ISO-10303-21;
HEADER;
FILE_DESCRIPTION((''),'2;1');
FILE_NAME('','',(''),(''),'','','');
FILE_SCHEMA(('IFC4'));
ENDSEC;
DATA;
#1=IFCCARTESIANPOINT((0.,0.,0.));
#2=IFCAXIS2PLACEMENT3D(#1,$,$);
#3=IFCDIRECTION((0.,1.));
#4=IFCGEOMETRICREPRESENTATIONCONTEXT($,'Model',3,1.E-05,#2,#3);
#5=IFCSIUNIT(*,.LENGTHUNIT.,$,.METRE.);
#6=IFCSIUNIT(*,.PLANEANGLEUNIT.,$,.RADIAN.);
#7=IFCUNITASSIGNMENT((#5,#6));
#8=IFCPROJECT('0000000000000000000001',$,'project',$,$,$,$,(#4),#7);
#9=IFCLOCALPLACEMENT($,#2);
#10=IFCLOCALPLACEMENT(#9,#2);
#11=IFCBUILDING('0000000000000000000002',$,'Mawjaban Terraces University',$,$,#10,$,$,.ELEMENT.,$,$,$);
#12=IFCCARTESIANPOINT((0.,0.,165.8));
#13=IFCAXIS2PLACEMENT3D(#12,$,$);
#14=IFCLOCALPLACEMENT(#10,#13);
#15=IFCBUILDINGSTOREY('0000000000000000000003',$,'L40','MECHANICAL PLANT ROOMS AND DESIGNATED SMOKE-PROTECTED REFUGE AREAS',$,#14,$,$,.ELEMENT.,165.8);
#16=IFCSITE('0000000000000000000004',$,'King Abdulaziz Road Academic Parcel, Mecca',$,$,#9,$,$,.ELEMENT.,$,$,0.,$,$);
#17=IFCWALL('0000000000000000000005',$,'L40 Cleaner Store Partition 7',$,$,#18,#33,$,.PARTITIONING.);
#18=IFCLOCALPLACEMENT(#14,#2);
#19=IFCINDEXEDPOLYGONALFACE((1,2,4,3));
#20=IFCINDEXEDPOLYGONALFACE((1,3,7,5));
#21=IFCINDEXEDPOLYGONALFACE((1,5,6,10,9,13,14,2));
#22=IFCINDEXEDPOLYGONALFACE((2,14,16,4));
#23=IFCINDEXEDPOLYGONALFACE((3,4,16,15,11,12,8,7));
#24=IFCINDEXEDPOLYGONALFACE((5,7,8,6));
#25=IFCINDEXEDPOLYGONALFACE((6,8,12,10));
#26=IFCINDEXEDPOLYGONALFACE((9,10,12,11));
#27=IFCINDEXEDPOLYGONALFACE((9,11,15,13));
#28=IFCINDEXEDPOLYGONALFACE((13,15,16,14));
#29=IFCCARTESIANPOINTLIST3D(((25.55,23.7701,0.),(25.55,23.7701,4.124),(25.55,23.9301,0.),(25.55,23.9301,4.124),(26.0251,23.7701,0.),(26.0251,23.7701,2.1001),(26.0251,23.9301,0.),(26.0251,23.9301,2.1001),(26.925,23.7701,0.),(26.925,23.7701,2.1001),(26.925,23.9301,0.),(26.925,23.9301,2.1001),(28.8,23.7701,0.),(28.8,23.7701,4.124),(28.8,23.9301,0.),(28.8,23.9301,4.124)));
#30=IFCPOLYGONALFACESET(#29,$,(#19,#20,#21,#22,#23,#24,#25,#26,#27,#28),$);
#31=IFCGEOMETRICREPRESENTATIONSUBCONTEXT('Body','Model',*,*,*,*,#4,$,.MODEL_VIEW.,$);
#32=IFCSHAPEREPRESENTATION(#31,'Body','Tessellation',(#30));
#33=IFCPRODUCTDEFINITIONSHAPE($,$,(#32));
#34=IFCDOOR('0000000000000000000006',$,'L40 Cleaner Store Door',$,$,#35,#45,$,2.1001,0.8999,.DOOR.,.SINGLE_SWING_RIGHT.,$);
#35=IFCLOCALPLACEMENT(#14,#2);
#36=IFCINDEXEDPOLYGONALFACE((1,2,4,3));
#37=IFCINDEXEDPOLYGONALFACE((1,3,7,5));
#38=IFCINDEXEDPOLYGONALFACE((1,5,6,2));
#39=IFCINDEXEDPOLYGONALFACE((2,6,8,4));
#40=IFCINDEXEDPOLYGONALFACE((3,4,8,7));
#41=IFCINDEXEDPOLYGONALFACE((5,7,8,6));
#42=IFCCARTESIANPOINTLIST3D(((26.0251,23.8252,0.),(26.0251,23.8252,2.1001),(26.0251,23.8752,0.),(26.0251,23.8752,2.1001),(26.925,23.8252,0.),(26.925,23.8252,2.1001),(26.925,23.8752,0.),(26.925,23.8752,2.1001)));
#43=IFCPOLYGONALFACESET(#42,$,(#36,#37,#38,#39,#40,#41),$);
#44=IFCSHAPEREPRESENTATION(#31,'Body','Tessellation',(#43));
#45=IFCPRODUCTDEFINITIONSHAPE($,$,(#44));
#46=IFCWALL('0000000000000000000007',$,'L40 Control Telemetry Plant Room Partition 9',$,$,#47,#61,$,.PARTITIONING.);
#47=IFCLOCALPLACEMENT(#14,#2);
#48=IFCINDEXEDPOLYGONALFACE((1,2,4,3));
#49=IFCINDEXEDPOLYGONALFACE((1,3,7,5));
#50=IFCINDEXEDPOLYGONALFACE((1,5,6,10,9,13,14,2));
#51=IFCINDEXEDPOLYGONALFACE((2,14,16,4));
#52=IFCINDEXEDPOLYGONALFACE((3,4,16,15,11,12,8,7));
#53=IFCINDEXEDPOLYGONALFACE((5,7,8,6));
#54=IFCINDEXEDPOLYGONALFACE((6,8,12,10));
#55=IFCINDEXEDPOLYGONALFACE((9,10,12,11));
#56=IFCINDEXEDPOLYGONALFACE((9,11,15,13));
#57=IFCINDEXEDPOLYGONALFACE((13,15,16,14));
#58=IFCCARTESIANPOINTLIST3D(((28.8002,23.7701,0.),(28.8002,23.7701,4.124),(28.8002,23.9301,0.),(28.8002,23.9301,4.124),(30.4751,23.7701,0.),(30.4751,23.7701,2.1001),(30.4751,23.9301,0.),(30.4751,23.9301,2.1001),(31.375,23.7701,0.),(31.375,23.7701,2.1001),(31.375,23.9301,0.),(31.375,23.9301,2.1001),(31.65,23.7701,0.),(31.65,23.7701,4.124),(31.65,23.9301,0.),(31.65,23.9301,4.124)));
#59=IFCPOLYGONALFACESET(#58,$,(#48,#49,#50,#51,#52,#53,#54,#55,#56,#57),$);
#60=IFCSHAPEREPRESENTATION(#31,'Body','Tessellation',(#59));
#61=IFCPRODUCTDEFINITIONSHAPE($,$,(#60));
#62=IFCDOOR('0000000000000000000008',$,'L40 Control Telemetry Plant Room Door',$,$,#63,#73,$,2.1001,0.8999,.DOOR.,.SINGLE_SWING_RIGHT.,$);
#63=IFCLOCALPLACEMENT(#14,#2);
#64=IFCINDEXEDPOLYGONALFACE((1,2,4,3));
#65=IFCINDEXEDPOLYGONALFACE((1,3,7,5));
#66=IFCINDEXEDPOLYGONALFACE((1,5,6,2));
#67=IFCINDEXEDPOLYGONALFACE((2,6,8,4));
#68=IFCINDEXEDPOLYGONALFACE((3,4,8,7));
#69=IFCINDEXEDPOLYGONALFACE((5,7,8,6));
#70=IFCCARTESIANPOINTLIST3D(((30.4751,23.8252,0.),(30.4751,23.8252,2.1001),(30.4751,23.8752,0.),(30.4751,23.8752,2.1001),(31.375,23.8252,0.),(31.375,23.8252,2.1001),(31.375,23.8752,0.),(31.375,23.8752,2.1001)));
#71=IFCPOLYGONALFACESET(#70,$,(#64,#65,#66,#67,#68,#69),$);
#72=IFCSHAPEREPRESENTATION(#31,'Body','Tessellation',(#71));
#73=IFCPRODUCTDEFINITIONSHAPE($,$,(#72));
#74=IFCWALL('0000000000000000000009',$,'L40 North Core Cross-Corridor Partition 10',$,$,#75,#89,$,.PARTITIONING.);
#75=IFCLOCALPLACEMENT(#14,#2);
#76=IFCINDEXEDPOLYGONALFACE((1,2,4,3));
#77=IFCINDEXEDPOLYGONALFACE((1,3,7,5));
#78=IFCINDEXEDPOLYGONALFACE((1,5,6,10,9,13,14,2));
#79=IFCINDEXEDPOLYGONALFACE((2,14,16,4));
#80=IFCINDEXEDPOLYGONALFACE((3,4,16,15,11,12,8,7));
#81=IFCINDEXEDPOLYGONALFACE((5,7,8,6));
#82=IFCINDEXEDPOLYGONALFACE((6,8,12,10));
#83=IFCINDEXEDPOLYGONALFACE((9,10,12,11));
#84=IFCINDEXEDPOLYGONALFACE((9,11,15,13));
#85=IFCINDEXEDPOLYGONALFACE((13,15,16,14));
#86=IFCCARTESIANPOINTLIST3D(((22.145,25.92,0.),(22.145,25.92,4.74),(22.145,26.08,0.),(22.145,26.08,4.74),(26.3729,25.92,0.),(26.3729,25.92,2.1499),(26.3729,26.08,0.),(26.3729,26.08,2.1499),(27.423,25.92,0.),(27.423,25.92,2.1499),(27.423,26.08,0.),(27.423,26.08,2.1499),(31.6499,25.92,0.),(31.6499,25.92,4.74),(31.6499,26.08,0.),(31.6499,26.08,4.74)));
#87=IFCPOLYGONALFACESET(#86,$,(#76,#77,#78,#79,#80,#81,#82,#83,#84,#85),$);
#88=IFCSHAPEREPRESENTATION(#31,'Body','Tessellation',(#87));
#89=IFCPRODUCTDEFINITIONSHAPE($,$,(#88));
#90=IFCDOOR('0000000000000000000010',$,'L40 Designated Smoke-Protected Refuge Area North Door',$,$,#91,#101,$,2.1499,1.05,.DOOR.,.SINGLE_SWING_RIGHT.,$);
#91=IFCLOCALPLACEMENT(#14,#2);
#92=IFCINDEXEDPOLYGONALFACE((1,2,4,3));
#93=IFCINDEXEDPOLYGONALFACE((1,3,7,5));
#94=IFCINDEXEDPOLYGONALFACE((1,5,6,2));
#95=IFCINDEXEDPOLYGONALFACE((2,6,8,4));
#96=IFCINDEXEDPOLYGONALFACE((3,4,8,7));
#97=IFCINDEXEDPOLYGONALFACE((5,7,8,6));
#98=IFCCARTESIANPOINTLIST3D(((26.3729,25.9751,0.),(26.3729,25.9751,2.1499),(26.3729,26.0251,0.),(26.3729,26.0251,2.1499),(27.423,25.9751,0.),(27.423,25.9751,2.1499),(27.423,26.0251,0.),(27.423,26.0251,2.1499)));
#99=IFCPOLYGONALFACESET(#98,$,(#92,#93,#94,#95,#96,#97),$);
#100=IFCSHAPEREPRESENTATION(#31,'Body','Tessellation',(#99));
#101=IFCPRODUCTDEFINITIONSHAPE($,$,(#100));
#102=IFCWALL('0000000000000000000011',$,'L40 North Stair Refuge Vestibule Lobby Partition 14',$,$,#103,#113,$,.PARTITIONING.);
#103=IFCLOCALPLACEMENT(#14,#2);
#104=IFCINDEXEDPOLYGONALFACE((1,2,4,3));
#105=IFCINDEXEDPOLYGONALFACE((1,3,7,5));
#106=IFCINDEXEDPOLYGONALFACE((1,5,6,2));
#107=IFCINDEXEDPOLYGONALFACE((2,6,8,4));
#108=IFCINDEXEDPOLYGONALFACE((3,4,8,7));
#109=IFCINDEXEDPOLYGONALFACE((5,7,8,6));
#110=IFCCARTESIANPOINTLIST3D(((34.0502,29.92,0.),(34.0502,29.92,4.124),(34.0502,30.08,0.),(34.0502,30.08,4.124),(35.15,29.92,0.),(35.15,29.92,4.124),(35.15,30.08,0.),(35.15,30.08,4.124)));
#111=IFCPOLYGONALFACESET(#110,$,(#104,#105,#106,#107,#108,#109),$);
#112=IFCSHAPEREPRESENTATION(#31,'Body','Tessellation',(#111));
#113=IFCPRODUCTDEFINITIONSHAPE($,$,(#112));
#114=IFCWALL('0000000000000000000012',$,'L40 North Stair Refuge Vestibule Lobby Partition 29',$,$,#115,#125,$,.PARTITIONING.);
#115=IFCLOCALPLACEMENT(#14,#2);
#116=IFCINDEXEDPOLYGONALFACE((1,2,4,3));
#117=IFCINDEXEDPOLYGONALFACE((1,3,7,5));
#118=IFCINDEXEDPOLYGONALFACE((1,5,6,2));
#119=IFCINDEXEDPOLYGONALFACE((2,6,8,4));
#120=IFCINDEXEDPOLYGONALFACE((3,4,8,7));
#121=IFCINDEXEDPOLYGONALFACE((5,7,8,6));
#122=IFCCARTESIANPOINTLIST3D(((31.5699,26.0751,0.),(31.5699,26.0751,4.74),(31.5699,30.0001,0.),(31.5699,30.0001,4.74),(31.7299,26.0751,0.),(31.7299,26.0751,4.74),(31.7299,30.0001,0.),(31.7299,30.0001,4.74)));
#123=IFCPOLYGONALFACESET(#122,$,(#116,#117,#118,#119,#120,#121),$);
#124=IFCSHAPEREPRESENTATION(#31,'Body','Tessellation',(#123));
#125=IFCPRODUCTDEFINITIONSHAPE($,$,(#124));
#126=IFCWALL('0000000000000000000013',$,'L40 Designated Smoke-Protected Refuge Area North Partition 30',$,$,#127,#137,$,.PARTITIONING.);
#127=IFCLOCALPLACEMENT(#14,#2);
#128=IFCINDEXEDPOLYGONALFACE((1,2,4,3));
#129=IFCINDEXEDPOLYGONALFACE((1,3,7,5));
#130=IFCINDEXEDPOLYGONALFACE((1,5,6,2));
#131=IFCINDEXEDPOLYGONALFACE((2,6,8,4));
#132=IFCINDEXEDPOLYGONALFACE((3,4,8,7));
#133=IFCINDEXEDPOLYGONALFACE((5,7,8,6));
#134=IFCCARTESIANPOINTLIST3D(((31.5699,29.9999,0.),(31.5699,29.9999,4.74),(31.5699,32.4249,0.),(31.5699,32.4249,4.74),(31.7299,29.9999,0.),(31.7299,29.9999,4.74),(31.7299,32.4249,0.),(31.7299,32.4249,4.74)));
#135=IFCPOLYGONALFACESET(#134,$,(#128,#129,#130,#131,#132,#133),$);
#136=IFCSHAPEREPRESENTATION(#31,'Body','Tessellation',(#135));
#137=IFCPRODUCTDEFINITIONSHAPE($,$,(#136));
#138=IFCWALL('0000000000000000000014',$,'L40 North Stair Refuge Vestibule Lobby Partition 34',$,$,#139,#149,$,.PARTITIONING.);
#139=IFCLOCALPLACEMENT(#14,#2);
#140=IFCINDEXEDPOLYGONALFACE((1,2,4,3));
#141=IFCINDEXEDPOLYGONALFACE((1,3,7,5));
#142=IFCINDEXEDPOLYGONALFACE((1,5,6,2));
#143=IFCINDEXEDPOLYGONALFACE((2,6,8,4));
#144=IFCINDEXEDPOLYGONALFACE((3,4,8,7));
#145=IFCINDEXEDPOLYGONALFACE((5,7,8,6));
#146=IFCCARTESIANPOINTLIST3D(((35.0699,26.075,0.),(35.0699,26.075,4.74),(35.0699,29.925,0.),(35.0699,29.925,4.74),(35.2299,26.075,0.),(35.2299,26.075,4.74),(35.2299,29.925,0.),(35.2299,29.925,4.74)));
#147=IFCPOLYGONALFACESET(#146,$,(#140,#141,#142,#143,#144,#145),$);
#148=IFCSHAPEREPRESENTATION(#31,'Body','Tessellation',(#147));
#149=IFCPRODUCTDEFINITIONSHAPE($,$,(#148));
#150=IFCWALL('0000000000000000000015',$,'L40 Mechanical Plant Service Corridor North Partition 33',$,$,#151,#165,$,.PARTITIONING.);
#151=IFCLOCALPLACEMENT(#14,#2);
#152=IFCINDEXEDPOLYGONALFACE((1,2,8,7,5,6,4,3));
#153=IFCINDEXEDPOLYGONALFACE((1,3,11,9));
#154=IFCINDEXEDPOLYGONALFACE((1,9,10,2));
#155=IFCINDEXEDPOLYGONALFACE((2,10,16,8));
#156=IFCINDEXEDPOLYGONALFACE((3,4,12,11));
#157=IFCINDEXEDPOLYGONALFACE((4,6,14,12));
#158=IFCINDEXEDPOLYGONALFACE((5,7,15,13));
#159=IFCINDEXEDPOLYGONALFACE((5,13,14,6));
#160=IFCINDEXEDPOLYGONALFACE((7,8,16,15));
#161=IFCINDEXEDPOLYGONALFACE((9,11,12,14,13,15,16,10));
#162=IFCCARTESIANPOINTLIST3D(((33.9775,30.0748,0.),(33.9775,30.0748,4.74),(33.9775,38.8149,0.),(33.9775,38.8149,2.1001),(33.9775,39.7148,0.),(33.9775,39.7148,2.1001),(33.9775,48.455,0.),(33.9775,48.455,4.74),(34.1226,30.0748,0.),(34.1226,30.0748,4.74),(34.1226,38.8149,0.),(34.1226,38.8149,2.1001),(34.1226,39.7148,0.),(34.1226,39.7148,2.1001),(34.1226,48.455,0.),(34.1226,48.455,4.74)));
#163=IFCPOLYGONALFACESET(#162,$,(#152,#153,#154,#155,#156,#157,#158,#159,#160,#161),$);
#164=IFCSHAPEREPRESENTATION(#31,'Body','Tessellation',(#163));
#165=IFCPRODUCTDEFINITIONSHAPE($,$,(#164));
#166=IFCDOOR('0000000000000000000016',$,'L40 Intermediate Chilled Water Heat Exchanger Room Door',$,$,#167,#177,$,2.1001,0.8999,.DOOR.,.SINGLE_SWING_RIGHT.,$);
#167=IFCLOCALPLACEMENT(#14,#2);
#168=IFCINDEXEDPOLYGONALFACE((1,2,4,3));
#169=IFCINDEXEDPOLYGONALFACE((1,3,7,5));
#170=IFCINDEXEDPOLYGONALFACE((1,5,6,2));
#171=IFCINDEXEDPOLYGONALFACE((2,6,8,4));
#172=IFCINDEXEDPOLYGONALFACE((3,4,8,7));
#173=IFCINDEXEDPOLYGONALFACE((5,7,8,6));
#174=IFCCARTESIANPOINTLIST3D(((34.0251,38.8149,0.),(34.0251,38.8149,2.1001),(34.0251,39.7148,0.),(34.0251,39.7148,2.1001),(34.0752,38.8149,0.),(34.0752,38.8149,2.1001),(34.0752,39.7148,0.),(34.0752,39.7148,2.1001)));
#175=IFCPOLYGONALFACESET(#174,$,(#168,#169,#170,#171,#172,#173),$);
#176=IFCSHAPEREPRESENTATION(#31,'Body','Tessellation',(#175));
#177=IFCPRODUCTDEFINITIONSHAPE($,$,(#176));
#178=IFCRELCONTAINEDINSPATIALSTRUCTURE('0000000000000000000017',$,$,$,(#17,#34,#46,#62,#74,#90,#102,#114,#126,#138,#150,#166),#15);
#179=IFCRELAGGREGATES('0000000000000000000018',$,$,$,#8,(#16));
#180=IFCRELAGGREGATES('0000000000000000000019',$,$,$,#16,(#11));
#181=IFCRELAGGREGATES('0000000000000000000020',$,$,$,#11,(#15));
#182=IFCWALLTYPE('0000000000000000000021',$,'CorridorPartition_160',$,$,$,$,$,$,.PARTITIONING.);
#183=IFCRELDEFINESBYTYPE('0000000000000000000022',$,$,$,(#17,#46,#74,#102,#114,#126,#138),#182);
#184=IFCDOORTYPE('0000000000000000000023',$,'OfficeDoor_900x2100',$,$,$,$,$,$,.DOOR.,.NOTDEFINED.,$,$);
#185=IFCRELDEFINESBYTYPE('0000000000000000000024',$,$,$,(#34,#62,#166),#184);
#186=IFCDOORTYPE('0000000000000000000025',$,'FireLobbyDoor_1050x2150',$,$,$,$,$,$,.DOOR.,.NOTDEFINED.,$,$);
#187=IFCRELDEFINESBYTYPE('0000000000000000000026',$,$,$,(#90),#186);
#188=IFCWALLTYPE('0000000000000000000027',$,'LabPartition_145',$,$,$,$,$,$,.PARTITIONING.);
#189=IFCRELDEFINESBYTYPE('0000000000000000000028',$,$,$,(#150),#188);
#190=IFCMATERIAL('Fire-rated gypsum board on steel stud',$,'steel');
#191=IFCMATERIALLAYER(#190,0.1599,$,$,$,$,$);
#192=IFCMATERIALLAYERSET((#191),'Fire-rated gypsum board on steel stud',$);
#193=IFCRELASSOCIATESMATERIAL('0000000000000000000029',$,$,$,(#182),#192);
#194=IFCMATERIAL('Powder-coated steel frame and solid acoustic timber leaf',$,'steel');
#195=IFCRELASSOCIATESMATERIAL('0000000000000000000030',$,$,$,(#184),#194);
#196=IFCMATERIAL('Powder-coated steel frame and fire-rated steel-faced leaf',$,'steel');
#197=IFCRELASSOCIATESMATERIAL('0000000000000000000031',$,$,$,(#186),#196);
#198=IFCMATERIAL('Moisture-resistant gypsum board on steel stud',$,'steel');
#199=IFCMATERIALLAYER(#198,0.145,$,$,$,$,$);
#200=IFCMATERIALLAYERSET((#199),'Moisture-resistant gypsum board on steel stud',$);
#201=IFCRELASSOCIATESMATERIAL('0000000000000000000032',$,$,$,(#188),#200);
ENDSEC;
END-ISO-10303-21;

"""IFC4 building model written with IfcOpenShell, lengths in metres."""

from ifc_helpers import new_model, si_unit, direction, frame, frame_2d, origin, place, context, subcontext, project, spatial, rectangle, extrude, material, layer, layer_set, type_object, element, fill, save


model = new_model("IFC4")

# Units and contexts
model_context = context("Model", 3, precision=1e-05, world=origin(), true_north=direction((0.0, 1.0)))
body_context = subcontext(model_context, "Body", "Model", "MODEL_VIEW")
ifc_project = project(units=[si_unit("LENGTHUNIT", "METRE"), si_unit("PLANEANGLEUNIT", "RADIAN")], contexts=[model_context])

# Site, building, storey
site_placement = place(None, origin())
site = spatial("IfcSite", under=ifc_project, at=site_placement, Name="King Abdulaziz Road Academic Parcel, Mecca", CompositionType="ELEMENT", RefElevation=0.0)
building_placement = place(site_placement, origin())
building = spatial("IfcBuilding", under=site, at=building_placement, Name="Mawjaban Terraces University", CompositionType="ELEMENT")
storey_placement = place(building_placement, frame((0.0, 0.0, 165.8)))
storey = spatial("IfcBuildingStorey", under=building, at=storey_placement, Name="L40", Description="MECHANICAL PLANT ROOMS AND DESIGNATED SMOKE-PROTECTED REFUGE AREAS", CompositionType="ELEMENT", Elevation=165.8)

# Walls, openings, doors
ifc_material_1 = material(Name="Fire-rated gypsum board on steel stud", Category="steel")
ifc_layer_1 = layer(ifc_material_1, 0.1599)
ifc_layer_set_1 = layer_set([ifc_layer_1], Name="Fire-rated gypsum board on steel stud")
wall_type_1 = type_object("IfcWallType", Name="CorridorPartition_160", PredefinedType="PARTITIONING", material=ifc_layer_set_1)
ifc_material_2 = material(Name="Powder-coated steel frame and solid acoustic timber leaf", Category="steel")
wall_1_placement = place(storey_placement, frame((28.8, 23.8501, 0.0), z_axis=(0.0, 0.0, 1.0), x_axis=(-1.0, 0.0, 0.0)))
wall_1 = element("IfcWall", 1, at=wall_1_placement, inside=storey, type_object=wall_type_1, Name="L40 Cleaner Store Partition 7", PredefinedType="PARTITIONING", context=body_context, shape_type="SweptSolid", body=[
    extrude(rectangle(XDim=3.25, YDim=0.1599, at=frame_2d((1.625, 0.0))), origin(), (0.0, 0.0, 1.0), 4.124),
])
opening_1_placement = place(wall_1_placement, frame((1.875, 0.0, 0.0)))
opening_1 = element("IfcOpeningElement", 2, at=opening_1_placement, cuts=wall_1, PredefinedType="OPENING", context=body_context, shape_type="SweptSolid", body=[
    extrude(rectangle(XDim=0.8999, YDim=2.1001, at=frame_2d((0.45, 1.05))), frame((0.0, 0.0898, 0.0), z_axis=(0.0, -1.0, 0.0), x_axis=(1.0, 0.0, 0.0)), (0.0, 0.0, 1.0), 0.1799),
])
door_type_1 = type_object("IfcDoorType", Name="OfficeDoor_900x2100", OperationType="NOTDEFINED", PredefinedType="DOOR", material=ifc_material_2)
door_1_placement = place(opening_1_placement, origin())
door_1 = element("IfcDoor", 3, at=door_1_placement, inside=storey, type_object=door_type_1, Name="L40 Cleaner Store Door", OperationType="SINGLE_SWING_RIGHT", OverallHeight=2.1001, OverallWidth=0.8999, PredefinedType="DOOR", context=body_context, shape_type="SweptSolid", body=[
    extrude(rectangle(XDim=0.8999, YDim=2.1001, at=frame_2d((0.45, 1.05))), frame((0.0, 0.0249, 0.0), z_axis=(0.0, -1.0, 0.0), x_axis=(1.0, 0.0, 0.0)), (0.0, 0.0, 1.0), 0.05),
])
fill(opening_1, door_1)
wall_2_placement = place(storey_placement, frame((31.6499, 23.8501, 0.0), z_axis=(0.0, 0.0, 1.0), x_axis=(-1.0, 0.0, 0.0)))
wall_2 = element("IfcWall", 4, at=wall_2_placement, inside=storey, type_object=wall_type_1, Name="L40 Control Telemetry Plant Room Partition 9", PredefinedType="PARTITIONING", context=body_context, shape_type="SweptSolid", body=[
    extrude(rectangle(XDim=2.8499, YDim=0.1599, at=frame_2d((1.4248, 0.0))), origin(), (0.0, 0.0, 1.0), 4.124),
])
opening_2_placement = place(wall_2_placement, frame((0.2749, 0.0, 0.0)))
opening_2 = element("IfcOpeningElement", 5, at=opening_2_placement, cuts=wall_2, PredefinedType="OPENING", context=body_context, shape_type="SweptSolid", body=[
    extrude(rectangle(XDim=0.8999, YDim=2.1001, at=frame_2d((0.45, 1.05))), frame((0.0, 0.0898, 0.0), z_axis=(0.0, -1.0, 0.0), x_axis=(1.0, 0.0, 0.0)), (0.0, 0.0, 1.0), 0.1799),
])
door_2_placement = place(opening_2_placement, origin())
door_2 = element("IfcDoor", 6, at=door_2_placement, inside=storey, type_object=door_type_1, Name="L40 Control Telemetry Plant Room Door", OperationType="SINGLE_SWING_RIGHT", OverallHeight=2.1001, OverallWidth=0.8999, PredefinedType="DOOR", context=body_context, shape_type="SweptSolid", body=[
    extrude(rectangle(XDim=0.8999, YDim=2.1001, at=frame_2d((0.45, 1.05))), frame((0.0, 0.0249, 0.0), z_axis=(0.0, -1.0, 0.0), x_axis=(1.0, 0.0, 0.0)), (0.0, 0.0, 1.0), 0.05),
])
fill(opening_2, door_2)
wall_3_placement = place(storey_placement, frame((31.6499, 26.0, 0.0), z_axis=(0.0, 0.0, 1.0), x_axis=(-1.0, 0.0, 0.0)))
wall_3 = element("IfcWall", 7, at=wall_3_placement, inside=storey, type_object=wall_type_1, Name="L40 North Core Cross-Corridor Partition 10", PredefinedType="PARTITIONING", context=body_context, shape_type="SweptSolid", body=[
    extrude(rectangle(XDim=9.5049, YDim=0.1599, at=frame_2d((4.7524, 0.0))), origin(), (0.0, 0.0, 1.0), 4.74),
])
opening_3_placement = place(wall_3_placement, frame((4.2271, 0.0, 0.0)))
opening_3 = element("IfcOpeningElement", 8, at=opening_3_placement, cuts=wall_3, PredefinedType="OPENING", context=body_context, shape_type="SweptSolid", body=[
    extrude(rectangle(XDim=1.05, YDim=2.1499, at=frame_2d((0.5249, 1.075))), frame((0.0, 0.0898, 0.0), z_axis=(0.0, -1.0, 0.0), x_axis=(1.0, 0.0, 0.0)), (0.0, 0.0, 1.0), 0.1799),
])
ifc_material_3 = material(Name="Powder-coated steel frame and fire-rated steel-faced leaf", Category="steel")
door_type_2 = type_object("IfcDoorType", Name="FireLobbyDoor_1050x2150", OperationType="NOTDEFINED", PredefinedType="DOOR", material=ifc_material_3)
door_3_placement = place(opening_3_placement, origin())
door_3 = element("IfcDoor", 9, at=door_3_placement, inside=storey, type_object=door_type_2, Name="L40 Designated Smoke-Protected Refuge Area North Door", OperationType="SINGLE_SWING_RIGHT", OverallHeight=2.1499, OverallWidth=1.05, PredefinedType="DOOR", context=body_context, shape_type="SweptSolid", body=[
    extrude(rectangle(XDim=1.05, YDim=2.1499, at=frame_2d((0.5249, 1.075))), frame((0.0, 0.0249, 0.0), z_axis=(0.0, -1.0, 0.0), x_axis=(1.0, 0.0, 0.0)), (0.0, 0.0, 1.0), 0.05),
])
fill(opening_3, door_3)

# Walls
wall_4_placement = place(storey_placement, frame((35.1499, 30.0, 0.0), z_axis=(0.0, 0.0, 1.0), x_axis=(-1.0, 0.0, 0.0)))
element("IfcWall", 10, at=wall_4_placement, inside=storey, type_object=wall_type_1, Name="L40 North Stair Refuge Vestibule Lobby Partition 14", PredefinedType="PARTITIONING", context=body_context, shape_type="SweptSolid", body=[
    extrude(rectangle(XDim=1.0999, YDim=0.1599, at=frame_2d((0.5498, 0.0))), origin(), (0.0, 0.0, 1.0), 4.124),
])
wall_5_placement = place(storey_placement, frame((31.6499, 30.0, 0.0), z_axis=(0.0, 0.0, 1.0), x_axis=(0.0, -1.0, 0.0)))
element("IfcWall", 11, at=wall_5_placement, inside=storey, type_object=wall_type_1, Name="L40 North Stair Refuge Vestibule Lobby Partition 29", PredefinedType="PARTITIONING", context=body_context, shape_type="SweptSolid", body=[
    extrude(rectangle(XDim=3.925, YDim=0.1599, at=frame_2d((1.9624, 0.0))), origin(), (0.0, 0.0, 1.0), 4.74),
])
wall_6_placement = place(storey_placement, frame((31.6499, 30.0, 0.0), z_axis=(0.0, 0.0, 1.0), x_axis=(0.0, 1.0, 0.0)))
element("IfcWall", 12, at=wall_6_placement, inside=storey, type_object=wall_type_1, Name="L40 Designated Smoke-Protected Refuge Area North Partition 30", PredefinedType="PARTITIONING", context=body_context, shape_type="SweptSolid", body=[
    extrude(rectangle(XDim=2.425, YDim=0.1599, at=frame_2d((1.2124, 0.0))), origin(), (0.0, 0.0, 1.0), 4.74),
])
wall_7_placement = place(storey_placement, frame((35.1499, 26.075, 0.0), z_axis=(0.0, 0.0, 1.0), x_axis=(0.0, 1.0, 0.0)))
element("IfcWall", 13, at=wall_7_placement, inside=storey, type_object=wall_type_1, Name="L40 North Stair Refuge Vestibule Lobby Partition 34", PredefinedType="PARTITIONING", context=body_context, shape_type="SweptSolid", body=[
    extrude(rectangle(XDim=3.8501, YDim=0.1599, at=frame_2d((1.925, 0.0))), origin(), (0.0, 0.0, 1.0), 4.74),
])

# Wall, opening, door
ifc_material_4 = material(Name="Moisture-resistant gypsum board on steel stud", Category="steel")
ifc_layer_2 = layer(ifc_material_4, 0.145)
ifc_layer_set_2 = layer_set([ifc_layer_2], Name="Moisture-resistant gypsum board on steel stud")
wall_type_2 = type_object("IfcWallType", Name="LabPartition_145", PredefinedType="PARTITIONING", material=ifc_layer_set_2)
wall_8_placement = place(storey_placement, frame((34.05, 30.075, 0.0), z_axis=(0.0, 0.0, 1.0), x_axis=(0.0, 1.0, 0.0)))
wall_8 = element("IfcWall", 14, at=wall_8_placement, inside=storey, type_object=wall_type_2, Name="L40 Mechanical Plant Service Corridor North Partition 33", PredefinedType="PARTITIONING", context=body_context, shape_type="SweptSolid", body=[
    extrude(rectangle(XDim=18.3801, YDim=0.145, at=frame_2d((9.1899, 0.0))), origin(), (0.0, 0.0, 1.0), 4.74),
])
opening_4_placement = place(wall_8_placement, frame((8.74, 0.0, 0.0)))
opening_4 = element("IfcOpeningElement", 15, at=opening_4_placement, cuts=wall_8, PredefinedType="OPENING", context=body_context, shape_type="SweptSolid", body=[
    extrude(rectangle(XDim=0.8999, YDim=2.1001, at=frame_2d((0.45, 1.05))), frame((0.0, 0.0825, 0.0), z_axis=(0.0, -1.0, 0.0), x_axis=(1.0, 0.0, 0.0)), (0.0, 0.0, 1.0), 0.165),
])
door_4_placement = place(opening_4_placement, origin())
door_4 = element("IfcDoor", 16, at=door_4_placement, inside=storey, type_object=door_type_1, Name="L40 Intermediate Chilled Water Heat Exchanger Room Door", OperationType="SINGLE_SWING_RIGHT", OverallHeight=2.1001, OverallWidth=0.8999, PredefinedType="DOOR", context=body_context, shape_type="SweptSolid", body=[
    extrude(rectangle(XDim=0.8999, YDim=2.1001, at=frame_2d((0.45, 1.05))), frame((0.0, 0.0249, 0.0), z_axis=(0.0, -1.0, 0.0), x_axis=(1.0, 0.0, 0.0)), (0.0, 0.0, 1.0), 0.05),
])
fill(opening_4, door_4)

save(model, "model.ifc")
